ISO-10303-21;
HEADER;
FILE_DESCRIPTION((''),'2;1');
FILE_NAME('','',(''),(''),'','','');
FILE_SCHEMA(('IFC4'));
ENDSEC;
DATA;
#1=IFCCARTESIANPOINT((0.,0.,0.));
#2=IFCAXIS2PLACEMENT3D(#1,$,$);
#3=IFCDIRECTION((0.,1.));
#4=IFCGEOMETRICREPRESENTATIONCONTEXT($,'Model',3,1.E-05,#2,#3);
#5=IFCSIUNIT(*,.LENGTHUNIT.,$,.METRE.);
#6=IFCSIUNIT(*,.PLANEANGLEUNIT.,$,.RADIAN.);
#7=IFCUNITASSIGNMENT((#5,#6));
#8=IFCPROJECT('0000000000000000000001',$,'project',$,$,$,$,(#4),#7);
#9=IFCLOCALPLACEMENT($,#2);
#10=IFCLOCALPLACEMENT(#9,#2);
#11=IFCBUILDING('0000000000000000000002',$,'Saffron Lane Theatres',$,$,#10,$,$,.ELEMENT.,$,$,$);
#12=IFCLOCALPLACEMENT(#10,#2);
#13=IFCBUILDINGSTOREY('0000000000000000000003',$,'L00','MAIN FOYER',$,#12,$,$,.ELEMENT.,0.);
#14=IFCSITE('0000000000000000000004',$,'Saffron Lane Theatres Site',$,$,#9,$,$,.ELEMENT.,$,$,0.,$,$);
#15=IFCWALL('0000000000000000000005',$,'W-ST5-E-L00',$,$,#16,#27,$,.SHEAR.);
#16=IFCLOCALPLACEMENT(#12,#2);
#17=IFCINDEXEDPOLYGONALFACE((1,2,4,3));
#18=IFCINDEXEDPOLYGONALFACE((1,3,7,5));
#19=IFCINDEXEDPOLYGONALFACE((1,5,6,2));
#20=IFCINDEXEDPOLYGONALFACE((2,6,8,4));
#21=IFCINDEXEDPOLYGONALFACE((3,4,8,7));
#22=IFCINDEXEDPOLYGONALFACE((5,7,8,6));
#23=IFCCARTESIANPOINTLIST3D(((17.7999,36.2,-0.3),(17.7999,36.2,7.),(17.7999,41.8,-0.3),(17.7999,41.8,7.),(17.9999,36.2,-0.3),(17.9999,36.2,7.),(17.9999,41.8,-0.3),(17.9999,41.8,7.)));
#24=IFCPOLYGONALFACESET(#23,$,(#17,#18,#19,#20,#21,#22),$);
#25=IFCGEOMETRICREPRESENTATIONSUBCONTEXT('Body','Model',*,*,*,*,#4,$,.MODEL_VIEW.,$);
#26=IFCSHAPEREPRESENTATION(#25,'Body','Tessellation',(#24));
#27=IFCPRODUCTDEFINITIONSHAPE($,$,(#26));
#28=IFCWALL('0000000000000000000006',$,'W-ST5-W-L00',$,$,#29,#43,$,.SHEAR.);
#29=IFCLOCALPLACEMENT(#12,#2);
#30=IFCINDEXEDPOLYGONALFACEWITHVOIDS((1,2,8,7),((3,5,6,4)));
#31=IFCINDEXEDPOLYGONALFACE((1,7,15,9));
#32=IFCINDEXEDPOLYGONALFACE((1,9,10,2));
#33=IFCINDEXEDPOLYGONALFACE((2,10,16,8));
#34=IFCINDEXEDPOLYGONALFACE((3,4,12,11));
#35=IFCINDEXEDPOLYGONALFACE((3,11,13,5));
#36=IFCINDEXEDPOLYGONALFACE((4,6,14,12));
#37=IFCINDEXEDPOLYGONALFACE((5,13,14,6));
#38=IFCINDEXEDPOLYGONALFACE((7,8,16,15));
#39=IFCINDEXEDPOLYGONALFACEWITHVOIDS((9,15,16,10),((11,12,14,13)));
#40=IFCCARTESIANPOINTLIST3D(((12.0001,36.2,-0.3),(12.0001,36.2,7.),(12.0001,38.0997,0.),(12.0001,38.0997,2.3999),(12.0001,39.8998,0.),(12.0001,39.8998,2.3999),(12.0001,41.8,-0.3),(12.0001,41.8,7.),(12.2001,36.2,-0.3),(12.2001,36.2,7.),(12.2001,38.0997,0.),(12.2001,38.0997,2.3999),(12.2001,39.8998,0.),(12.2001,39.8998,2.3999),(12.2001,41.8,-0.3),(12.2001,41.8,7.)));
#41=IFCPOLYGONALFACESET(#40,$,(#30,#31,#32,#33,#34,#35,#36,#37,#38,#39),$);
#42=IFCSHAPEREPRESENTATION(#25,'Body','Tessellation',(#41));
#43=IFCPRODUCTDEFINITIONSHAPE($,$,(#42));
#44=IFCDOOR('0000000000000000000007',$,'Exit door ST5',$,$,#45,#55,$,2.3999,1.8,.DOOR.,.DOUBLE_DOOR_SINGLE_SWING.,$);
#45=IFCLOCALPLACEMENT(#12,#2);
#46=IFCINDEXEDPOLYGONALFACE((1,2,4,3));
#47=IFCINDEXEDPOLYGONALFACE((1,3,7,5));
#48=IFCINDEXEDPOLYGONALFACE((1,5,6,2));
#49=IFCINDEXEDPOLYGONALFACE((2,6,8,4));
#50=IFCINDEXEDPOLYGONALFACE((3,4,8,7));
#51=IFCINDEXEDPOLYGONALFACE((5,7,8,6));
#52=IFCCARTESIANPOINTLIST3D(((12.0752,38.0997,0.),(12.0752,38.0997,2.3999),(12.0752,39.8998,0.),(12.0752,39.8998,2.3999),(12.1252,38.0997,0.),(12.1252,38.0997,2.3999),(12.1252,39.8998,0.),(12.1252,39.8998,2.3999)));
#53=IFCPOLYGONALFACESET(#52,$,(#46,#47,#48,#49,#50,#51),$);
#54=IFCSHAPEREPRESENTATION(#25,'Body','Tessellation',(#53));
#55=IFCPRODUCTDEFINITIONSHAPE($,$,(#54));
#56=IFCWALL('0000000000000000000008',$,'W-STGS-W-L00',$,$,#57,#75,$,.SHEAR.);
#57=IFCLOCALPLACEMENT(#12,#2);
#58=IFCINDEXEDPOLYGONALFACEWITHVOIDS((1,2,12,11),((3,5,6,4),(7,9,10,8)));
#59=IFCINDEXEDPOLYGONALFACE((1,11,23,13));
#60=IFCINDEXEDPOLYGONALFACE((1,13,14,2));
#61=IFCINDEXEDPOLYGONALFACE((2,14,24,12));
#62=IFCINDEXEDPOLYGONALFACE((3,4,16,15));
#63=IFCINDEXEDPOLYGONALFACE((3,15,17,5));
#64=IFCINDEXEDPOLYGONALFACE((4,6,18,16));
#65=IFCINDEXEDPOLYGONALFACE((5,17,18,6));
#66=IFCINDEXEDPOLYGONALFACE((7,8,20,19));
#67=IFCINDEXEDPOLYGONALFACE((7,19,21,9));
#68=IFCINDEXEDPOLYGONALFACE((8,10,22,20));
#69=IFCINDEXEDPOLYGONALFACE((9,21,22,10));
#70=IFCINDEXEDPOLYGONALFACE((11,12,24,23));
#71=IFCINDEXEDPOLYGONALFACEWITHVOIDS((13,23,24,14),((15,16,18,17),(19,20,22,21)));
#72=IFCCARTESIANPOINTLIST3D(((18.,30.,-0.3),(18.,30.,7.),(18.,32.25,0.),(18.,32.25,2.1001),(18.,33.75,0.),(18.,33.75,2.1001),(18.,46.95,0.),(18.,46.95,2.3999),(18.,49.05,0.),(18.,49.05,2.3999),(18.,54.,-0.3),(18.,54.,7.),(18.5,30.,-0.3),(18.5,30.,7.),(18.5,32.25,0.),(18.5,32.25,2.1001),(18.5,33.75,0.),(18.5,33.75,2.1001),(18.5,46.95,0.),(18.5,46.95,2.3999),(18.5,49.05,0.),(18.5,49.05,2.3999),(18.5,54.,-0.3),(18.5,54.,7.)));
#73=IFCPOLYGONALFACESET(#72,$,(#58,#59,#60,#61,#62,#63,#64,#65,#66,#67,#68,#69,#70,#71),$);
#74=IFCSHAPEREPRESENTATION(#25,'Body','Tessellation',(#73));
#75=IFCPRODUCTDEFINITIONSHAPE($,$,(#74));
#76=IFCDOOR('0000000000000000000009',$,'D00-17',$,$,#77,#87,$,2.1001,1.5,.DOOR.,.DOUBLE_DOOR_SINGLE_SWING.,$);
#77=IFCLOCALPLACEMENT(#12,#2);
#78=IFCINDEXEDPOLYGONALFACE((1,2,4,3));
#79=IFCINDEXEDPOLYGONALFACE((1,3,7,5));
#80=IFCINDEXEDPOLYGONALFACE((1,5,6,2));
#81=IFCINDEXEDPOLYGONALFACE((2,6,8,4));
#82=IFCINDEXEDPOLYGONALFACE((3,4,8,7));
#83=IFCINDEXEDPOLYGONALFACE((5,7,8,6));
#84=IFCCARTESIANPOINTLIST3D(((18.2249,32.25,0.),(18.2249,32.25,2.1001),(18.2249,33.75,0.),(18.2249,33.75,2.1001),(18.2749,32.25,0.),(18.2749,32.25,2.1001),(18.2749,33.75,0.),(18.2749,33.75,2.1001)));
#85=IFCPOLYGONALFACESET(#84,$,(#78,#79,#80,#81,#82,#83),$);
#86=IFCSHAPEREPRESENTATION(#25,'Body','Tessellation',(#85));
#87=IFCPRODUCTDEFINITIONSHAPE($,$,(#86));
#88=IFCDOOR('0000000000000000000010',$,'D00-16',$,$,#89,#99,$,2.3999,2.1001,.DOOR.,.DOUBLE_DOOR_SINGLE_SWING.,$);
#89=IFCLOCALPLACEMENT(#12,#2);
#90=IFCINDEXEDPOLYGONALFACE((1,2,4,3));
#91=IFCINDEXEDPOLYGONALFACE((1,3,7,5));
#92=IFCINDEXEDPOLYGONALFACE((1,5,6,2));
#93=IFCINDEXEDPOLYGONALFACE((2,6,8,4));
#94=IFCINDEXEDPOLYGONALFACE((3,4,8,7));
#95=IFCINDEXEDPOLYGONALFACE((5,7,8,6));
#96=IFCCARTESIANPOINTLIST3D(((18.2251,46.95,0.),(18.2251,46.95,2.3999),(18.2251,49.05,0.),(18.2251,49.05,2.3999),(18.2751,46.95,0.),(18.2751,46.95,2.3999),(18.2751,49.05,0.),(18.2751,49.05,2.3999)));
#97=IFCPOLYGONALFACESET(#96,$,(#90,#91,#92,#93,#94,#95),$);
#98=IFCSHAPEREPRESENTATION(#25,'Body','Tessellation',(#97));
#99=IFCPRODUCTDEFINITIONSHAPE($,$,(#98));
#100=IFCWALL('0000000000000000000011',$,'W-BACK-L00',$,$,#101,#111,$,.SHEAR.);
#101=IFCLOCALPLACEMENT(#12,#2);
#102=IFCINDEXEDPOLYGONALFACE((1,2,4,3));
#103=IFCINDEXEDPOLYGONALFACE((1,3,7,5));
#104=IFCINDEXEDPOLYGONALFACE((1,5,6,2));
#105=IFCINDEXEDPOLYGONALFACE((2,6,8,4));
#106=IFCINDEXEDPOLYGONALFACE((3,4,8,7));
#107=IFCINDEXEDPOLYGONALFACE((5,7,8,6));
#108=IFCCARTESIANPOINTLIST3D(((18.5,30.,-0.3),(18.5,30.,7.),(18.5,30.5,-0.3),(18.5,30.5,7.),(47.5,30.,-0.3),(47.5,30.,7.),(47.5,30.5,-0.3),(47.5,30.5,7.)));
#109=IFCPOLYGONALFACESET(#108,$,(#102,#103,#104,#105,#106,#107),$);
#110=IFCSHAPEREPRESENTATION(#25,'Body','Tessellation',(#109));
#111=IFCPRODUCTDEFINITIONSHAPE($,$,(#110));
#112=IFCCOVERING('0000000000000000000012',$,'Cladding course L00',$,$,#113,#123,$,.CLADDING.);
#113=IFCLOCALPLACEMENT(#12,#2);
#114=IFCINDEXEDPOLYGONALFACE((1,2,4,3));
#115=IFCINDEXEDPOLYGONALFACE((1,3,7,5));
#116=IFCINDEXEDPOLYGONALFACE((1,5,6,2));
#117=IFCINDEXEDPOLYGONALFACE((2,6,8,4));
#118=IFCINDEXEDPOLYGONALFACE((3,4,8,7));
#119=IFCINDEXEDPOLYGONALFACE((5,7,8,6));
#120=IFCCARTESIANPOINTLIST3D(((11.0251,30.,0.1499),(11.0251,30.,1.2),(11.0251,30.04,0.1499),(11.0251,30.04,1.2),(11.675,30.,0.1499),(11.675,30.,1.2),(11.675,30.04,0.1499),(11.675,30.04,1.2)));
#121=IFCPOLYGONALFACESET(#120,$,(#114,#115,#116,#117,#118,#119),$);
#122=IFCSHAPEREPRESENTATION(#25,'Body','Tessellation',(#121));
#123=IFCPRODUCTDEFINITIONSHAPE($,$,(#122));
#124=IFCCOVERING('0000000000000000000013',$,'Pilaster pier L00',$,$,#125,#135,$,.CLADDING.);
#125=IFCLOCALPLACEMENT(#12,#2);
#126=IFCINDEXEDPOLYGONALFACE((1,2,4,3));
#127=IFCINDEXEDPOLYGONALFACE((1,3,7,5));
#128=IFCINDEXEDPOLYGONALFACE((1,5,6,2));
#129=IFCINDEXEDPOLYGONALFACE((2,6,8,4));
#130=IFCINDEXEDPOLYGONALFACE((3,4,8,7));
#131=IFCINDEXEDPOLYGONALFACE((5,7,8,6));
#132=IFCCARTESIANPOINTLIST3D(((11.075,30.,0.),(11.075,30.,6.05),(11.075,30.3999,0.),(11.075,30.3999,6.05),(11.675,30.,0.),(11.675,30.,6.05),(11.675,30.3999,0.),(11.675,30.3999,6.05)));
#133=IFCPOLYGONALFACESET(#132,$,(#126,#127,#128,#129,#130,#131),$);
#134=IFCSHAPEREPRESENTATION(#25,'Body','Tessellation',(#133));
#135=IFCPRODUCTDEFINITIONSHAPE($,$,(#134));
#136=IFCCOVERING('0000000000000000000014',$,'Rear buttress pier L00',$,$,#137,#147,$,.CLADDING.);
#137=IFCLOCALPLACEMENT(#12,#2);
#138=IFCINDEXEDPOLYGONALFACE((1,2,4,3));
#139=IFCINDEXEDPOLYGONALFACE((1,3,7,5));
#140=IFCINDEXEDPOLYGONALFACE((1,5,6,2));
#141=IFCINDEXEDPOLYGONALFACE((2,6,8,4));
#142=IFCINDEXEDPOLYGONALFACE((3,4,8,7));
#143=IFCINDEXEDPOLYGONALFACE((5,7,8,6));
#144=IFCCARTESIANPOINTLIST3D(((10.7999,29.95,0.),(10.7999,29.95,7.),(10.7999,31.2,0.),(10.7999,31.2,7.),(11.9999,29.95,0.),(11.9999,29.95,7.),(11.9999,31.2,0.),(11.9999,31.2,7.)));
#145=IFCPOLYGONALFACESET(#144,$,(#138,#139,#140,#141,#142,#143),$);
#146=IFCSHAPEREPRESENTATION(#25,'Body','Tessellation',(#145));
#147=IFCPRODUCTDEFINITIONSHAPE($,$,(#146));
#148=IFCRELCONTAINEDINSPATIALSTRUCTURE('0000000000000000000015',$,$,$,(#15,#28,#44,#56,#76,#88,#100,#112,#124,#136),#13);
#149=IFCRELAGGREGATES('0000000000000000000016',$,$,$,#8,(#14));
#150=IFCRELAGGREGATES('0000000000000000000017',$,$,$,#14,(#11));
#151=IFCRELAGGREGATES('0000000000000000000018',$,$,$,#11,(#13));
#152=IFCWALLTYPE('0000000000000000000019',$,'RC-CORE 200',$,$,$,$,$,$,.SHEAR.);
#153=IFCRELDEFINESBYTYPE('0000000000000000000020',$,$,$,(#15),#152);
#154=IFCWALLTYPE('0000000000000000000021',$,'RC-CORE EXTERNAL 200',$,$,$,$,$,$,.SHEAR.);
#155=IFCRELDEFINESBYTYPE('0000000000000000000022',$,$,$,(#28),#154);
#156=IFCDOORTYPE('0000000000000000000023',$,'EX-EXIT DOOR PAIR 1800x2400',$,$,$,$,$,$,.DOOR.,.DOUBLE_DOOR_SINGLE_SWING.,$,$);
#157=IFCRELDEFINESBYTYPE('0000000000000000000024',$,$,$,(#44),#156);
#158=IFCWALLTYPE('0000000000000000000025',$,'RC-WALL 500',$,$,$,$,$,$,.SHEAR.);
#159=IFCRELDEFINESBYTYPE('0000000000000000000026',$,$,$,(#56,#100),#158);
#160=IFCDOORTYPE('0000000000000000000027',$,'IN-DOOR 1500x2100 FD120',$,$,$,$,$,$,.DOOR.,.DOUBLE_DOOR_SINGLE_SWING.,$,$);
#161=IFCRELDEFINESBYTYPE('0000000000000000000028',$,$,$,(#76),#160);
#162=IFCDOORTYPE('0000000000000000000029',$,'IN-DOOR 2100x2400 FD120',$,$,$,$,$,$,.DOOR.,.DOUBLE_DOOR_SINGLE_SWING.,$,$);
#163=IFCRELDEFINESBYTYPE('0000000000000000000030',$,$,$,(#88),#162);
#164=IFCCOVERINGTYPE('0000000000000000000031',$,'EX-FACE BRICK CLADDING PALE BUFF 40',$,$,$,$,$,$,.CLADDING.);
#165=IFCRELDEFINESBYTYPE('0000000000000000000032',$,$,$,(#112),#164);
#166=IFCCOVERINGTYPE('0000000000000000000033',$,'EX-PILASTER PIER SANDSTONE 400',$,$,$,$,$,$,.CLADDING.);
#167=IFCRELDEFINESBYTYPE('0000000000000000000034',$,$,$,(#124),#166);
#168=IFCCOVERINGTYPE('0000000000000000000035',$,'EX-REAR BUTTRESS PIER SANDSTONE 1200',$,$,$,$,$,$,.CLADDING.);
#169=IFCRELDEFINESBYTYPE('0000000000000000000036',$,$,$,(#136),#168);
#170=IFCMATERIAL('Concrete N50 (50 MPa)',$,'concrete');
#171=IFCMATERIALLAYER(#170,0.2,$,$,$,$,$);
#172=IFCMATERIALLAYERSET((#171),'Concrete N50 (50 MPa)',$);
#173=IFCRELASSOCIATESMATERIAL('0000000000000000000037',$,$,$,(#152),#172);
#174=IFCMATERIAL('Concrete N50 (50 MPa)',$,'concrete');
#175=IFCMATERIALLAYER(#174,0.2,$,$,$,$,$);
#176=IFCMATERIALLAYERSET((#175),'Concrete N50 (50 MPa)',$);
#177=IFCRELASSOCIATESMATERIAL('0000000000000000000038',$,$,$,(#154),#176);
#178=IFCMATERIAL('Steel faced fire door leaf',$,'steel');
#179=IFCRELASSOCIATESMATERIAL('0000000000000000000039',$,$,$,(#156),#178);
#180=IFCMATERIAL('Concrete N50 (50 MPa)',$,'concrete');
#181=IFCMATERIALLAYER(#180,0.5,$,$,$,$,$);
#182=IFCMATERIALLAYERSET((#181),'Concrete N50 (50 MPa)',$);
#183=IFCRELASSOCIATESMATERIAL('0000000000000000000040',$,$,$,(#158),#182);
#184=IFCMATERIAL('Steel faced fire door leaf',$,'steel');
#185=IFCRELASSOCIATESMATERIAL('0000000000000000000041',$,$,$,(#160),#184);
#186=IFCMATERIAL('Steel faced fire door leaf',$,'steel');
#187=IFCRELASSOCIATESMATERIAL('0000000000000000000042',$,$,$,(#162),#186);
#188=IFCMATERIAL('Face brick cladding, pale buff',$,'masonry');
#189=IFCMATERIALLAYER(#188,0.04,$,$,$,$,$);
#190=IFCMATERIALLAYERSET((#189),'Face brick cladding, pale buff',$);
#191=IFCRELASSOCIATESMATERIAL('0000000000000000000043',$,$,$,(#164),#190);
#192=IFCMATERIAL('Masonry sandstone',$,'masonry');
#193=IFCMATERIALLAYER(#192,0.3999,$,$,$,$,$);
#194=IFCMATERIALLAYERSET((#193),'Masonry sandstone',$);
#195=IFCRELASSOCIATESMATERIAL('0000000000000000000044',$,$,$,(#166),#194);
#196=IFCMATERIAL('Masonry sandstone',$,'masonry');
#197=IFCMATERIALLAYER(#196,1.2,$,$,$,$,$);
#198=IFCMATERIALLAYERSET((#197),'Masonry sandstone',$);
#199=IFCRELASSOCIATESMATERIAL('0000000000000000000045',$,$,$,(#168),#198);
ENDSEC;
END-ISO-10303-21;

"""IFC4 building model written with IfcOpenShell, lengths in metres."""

from ifc_helpers import new_model, si_unit, direction, frame, frame_2d, origin, origin_2d, place, context, subcontext, project, spatial, rectangle, extrude, material, layer, layer_set, type_object, element, fill, save


model = new_model("IFC4")

# Units and contexts
model_context = context("Model", 3, precision=1e-05, world=origin(), true_north=direction((0.0, 1.0)))
body_context = subcontext(model_context, "Body", "Model", "MODEL_VIEW")
ifc_project = project(units=[si_unit("LENGTHUNIT", "METRE"), si_unit("PLANEANGLEUNIT", "RADIAN")], contexts=[model_context])

# Site, building, storey
site_placement = place(None, origin())
site = spatial("IfcSite", under=ifc_project, at=site_placement, Name="Saffron Lane Theatres Site", CompositionType="ELEMENT", RefElevation=0.0)
building_placement = place(site_placement, origin())
building = spatial("IfcBuilding", under=site, at=building_placement, Name="Saffron Lane Theatres", CompositionType="ELEMENT")
storey_placement = place(building_placement, origin())
storey = spatial("IfcBuildingStorey", under=building, at=storey_placement, Name="L00", Description="MAIN FOYER", CompositionType="ELEMENT", Elevation=0.0)

# Shared definitions
ifc_material_1 = material(Name="Concrete N50 (50 MPa)", Category="concrete")
ifc_layer_1 = layer(ifc_material_1, 0.2)
ifc_layer_set_1 = layer_set([ifc_layer_1], Name="Concrete N50 (50 MPa)")
wall_type_1 = type_object("IfcWallType", Name="RC-CORE 200", PredefinedType="SHEAR", material=ifc_layer_set_1)

# Wall
wall_1_placement = place(storey_placement, frame((17.8999, 36.2, -0.3), z_axis=(0.0, 0.0, 1.0), x_axis=(0.0, 1.0, 0.0)))
element("IfcWall", 1, at=wall_1_placement, inside=storey, type_object=wall_type_1, Name="W-ST5-E-L00", PredefinedType="SHEAR", context=body_context, shape_type="SweptSolid", body=[
    extrude(rectangle(XDim=5.6001, YDim=0.2, at=frame_2d((2.8, 0.0))), origin(), (0.0, 0.0, 1.0), 7.3),
])

# Wall, opening, door
ifc_material_2 = material(Name="Concrete N50 (50 MPa)", Category="concrete")
ifc_layer_2 = layer(ifc_material_2, 0.2)
ifc_layer_set_2 = layer_set([ifc_layer_2], Name="Concrete N50 (50 MPa)")
wall_type_2 = type_object("IfcWallType", Name="RC-CORE EXTERNAL 200", PredefinedType="SHEAR", material=ifc_layer_set_2)
wall_2_placement = place(storey_placement, frame((12.1001, 36.2, -0.3), z_axis=(0.0, 0.0, 1.0), x_axis=(0.0, 1.0, 0.0)))
wall_2 = element("IfcWall", 2, at=wall_2_placement, inside=storey, type_object=wall_type_2, Name="W-ST5-W-L00", PredefinedType="SHEAR", context=body_context, shape_type="SweptSolid", body=[
    extrude(rectangle(XDim=5.6001, YDim=0.2, at=frame_2d((2.8, 0.0))), origin(), (0.0, 0.0, 1.0), 7.3),
])
opening_1_placement = place(wall_2_placement, frame((1.8999, 0.0, 0.3)))
opening_1 = element("IfcOpeningElement", 3, at=opening_1_placement, cuts=wall_2, PredefinedType="OPENING", context=body_context, shape_type="SweptSolid", body=[
    extrude(rectangle(XDim=1.8, YDim=2.3999, at=frame_2d((0.8999, 1.2))), frame((0.0, 0.1099, 0.0), z_axis=(0.0, -1.0, 0.0), x_axis=(1.0, 0.0, 0.0)), (0.0, 0.0, 1.0), 0.22),
])
ifc_material_3 = material(Name="Steel faced fire door leaf", Category="steel")
door_type_1 = type_object("IfcDoorType", Name="EX-EXIT DOOR PAIR 1800x2400", OperationType="DOUBLE_DOOR_SINGLE_SWING", PredefinedType="DOOR", material=ifc_material_3)
door_1_placement = place(opening_1_placement, origin())
door_1 = element("IfcDoor", 4, at=door_1_placement, inside=storey, type_object=door_type_1, Name="Exit door ST5", OperationType="DOUBLE_DOOR_SINGLE_SWING", OverallHeight=2.3999, OverallWidth=1.8, PredefinedType="DOOR", context=body_context, shape_type="SweptSolid", body=[
    extrude(rectangle(XDim=1.8, YDim=2.3999, at=frame_2d((0.8999, 1.2))), frame((0.0, 0.0249, 0.0), z_axis=(0.0, -1.0, 0.0), x_axis=(1.0, 0.0, 0.0)), (0.0, 0.0, 1.0), 0.05),
])
fill(opening_1, door_1)

# Wall, openings, doors
ifc_material_4 = material(Name="Concrete N50 (50 MPa)", Category="concrete")
ifc_layer_3 = layer(ifc_material_4, 0.5)
ifc_layer_set_3 = layer_set([ifc_layer_3], Name="Concrete N50 (50 MPa)")
wall_type_3 = type_object("IfcWallType", Name="RC-WALL 500", PredefinedType="SHEAR", material=ifc_layer_set_3)
wall_3_placement = place(storey_placement, frame((18.25, 30.0, -0.3), z_axis=(0.0, 0.0, 1.0), x_axis=(0.0, 1.0, 0.0)))
wall_3 = element("IfcWall", 5, at=wall_3_placement, inside=storey, type_object=wall_type_3, Name="W-STGS-W-L00", PredefinedType="SHEAR", context=body_context, shape_type="SweptSolid", body=[
    extrude(rectangle(XDim=24.0, YDim=0.5, at=frame_2d((12.0, 0.0))), origin(), (0.0, 0.0, 1.0), 7.3),
])
opening_2_placement = place(wall_3_placement, frame((16.95, 0.0, 0.3)))
opening_2 = element("IfcOpeningElement", 6, at=opening_2_placement, cuts=wall_3, PredefinedType="OPENING", context=body_context, shape_type="SweptSolid", body=[
    extrude(rectangle(XDim=2.1001, YDim=2.3999, at=frame_2d((1.05, 1.2))), frame((0.0, 0.26, 0.0), z_axis=(0.0, -1.0, 0.0), x_axis=(1.0, 0.0, 0.0)), (0.0, 0.0, 1.0), 0.52),
])
opening_3_placement = place(wall_3_placement, frame((2.25, 0.0, 0.3)))
opening_3 = element("IfcOpeningElement", 7, at=opening_3_placement, cuts=wall_3, PredefinedType="OPENING", context=body_context, shape_type="SweptSolid", body=[
    extrude(rectangle(XDim=1.5, YDim=2.1001, at=frame_2d((0.75, 1.05))), frame((0.0, 0.26, 0.0), z_axis=(0.0, -1.0, 0.0), x_axis=(1.0, 0.0, 0.0)), (0.0, 0.0, 1.0), 0.52),
])
ifc_material_5 = material(Name="Steel faced fire door leaf", Category="steel")
door_type_2 = type_object("IfcDoorType", Name="IN-DOOR 1500x2100 FD120", OperationType="DOUBLE_DOOR_SINGLE_SWING", PredefinedType="DOOR", material=ifc_material_5)
door_2_placement = place(opening_3_placement, frame((1.5, 0.0, 0.0), z_axis=(0.0, 0.0, 1.0), x_axis=(-1.0, 0.0, 0.0)))
door_2 = element("IfcDoor", 8, at=door_2_placement, inside=storey, type_object=door_type_2, Name="D00-17", OperationType="DOUBLE_DOOR_SINGLE_SWING", OverallHeight=2.1001, OverallWidth=1.5, PredefinedType="DOOR", context=body_context, shape_type="SweptSolid", body=[
    extrude(rectangle(XDim=1.5, YDim=2.1001, at=frame_2d((0.75, 1.05))), frame((0.0, 0.0249, 0.0), z_axis=(0.0, -1.0, 0.0), x_axis=(1.0, 0.0, 0.0)), (0.0, 0.0, 1.0), 0.05),
])
fill(opening_3, door_2)
ifc_material_6 = material(Name="Steel faced fire door leaf", Category="steel")
door_type_3 = type_object("IfcDoorType", Name="IN-DOOR 2100x2400 FD120", OperationType="DOUBLE_DOOR_SINGLE_SWING", PredefinedType="DOOR", material=ifc_material_6)
door_3_placement = place(opening_2_placement, origin())
door_3 = element("IfcDoor", 9, at=door_3_placement, inside=storey, type_object=door_type_3, Name="D00-16", OperationType="DOUBLE_DOOR_SINGLE_SWING", OverallHeight=2.3999, OverallWidth=2.1001, PredefinedType="DOOR", context=body_context, shape_type="SweptSolid", body=[
    extrude(rectangle(XDim=2.1001, YDim=2.3999, at=frame_2d((1.05, 1.2))), frame((0.0, 0.0249, 0.0), z_axis=(0.0, -1.0, 0.0), x_axis=(1.0, 0.0, 0.0)), (0.0, 0.0, 1.0), 0.05),
])
fill(opening_2, door_3)

# Wall
wall_4_placement = place(storey_placement, frame((18.5, 30.25, -0.3), z_axis=(0.0, 0.0, 1.0), x_axis=(1.0, 0.0, 0.0)))
element("IfcWall", 10, at=wall_4_placement, inside=storey, type_object=wall_type_3, Name="W-BACK-L00", PredefinedType="SHEAR", context=body_context, shape_type="SweptSolid", body=[
    extrude(rectangle(XDim=29.0, YDim=0.5, at=frame_2d((14.5, 0.0))), origin(), (0.0, 0.0, 1.0), 7.3),
])

# Coverings
ifc_material_7 = material(Name="Face brick cladding, pale buff", Category="masonry")
ifc_layer_4 = layer(ifc_material_7, 0.04)
ifc_layer_set_4 = layer_set([ifc_layer_4], Name="Face brick cladding, pale buff")
covering_type_1 = type_object("IfcCoveringType", Name="EX-FACE BRICK CLADDING PALE BUFF 40", PredefinedType="CLADDING", material=ifc_layer_set_4)
covering_1_placement = place(storey_placement, frame((11.3501, 30.02, 0.1499), z_axis=(0.0, 0.0, 1.0), x_axis=(1.0, 0.0, 0.0)))
element("IfcCovering", 11, at=covering_1_placement, inside=storey, type_object=covering_type_1, Name="Cladding course L00", PredefinedType="CLADDING", context=body_context, shape_type="SweptSolid", body=[
    extrude(rectangle(XDim=0.6499, YDim=0.04, at=origin_2d()), origin(), (0.0, 0.0, 1.0), 1.05),
])
ifc_material_8 = material(Name="Masonry sandstone", Category="masonry")
ifc_layer_5 = layer(ifc_material_8, 0.3999)
ifc_layer_set_5 = layer_set([ifc_layer_5], Name="Masonry sandstone")
covering_type_2 = type_object("IfcCoveringType", Name="EX-PILASTER PIER SANDSTONE 400", PredefinedType="CLADDING", material=ifc_layer_set_5)
covering_2_placement = place(storey_placement, frame((11.375, 30.2, 0.0), z_axis=(0.0, 0.0, 1.0), x_axis=(1.0, 0.0, 0.0)))
element("IfcCovering", 12, at=covering_2_placement, inside=storey, type_object=covering_type_2, Name="Pilaster pier L00", PredefinedType="CLADDING", context=body_context, shape_type="SweptSolid", body=[
    extrude(rectangle(XDim=0.6001, YDim=0.3999, at=origin_2d()), origin(), (0.0, 0.0, 1.0), 6.05),
])
ifc_material_9 = material(Name="Masonry sandstone", Category="masonry")
ifc_layer_6 = layer(ifc_material_9, 1.2)
ifc_layer_set_6 = layer_set([ifc_layer_6], Name="Masonry sandstone")
covering_type_3 = type_object("IfcCoveringType", Name="EX-REAR BUTTRESS PIER SANDSTONE 1200", PredefinedType="CLADDING", material=ifc_layer_set_6)
covering_3_placement = place(storey_placement, frame((11.3999, 30.575, 0.0), z_axis=(0.0, 0.0, 1.0), x_axis=(1.0, 0.0, 0.0)))
element("IfcCovering", 13, at=covering_3_placement, inside=storey, type_object=covering_type_3, Name="Rear buttress pier L00", PredefinedType="CLADDING", context=body_context, shape_type="SweptSolid", body=[
    extrude(rectangle(XDim=1.2, YDim=1.25, at=origin_2d()), origin(), (0.0, 0.0, 1.0), 7.0),
])

save(model, "model.ifc")
